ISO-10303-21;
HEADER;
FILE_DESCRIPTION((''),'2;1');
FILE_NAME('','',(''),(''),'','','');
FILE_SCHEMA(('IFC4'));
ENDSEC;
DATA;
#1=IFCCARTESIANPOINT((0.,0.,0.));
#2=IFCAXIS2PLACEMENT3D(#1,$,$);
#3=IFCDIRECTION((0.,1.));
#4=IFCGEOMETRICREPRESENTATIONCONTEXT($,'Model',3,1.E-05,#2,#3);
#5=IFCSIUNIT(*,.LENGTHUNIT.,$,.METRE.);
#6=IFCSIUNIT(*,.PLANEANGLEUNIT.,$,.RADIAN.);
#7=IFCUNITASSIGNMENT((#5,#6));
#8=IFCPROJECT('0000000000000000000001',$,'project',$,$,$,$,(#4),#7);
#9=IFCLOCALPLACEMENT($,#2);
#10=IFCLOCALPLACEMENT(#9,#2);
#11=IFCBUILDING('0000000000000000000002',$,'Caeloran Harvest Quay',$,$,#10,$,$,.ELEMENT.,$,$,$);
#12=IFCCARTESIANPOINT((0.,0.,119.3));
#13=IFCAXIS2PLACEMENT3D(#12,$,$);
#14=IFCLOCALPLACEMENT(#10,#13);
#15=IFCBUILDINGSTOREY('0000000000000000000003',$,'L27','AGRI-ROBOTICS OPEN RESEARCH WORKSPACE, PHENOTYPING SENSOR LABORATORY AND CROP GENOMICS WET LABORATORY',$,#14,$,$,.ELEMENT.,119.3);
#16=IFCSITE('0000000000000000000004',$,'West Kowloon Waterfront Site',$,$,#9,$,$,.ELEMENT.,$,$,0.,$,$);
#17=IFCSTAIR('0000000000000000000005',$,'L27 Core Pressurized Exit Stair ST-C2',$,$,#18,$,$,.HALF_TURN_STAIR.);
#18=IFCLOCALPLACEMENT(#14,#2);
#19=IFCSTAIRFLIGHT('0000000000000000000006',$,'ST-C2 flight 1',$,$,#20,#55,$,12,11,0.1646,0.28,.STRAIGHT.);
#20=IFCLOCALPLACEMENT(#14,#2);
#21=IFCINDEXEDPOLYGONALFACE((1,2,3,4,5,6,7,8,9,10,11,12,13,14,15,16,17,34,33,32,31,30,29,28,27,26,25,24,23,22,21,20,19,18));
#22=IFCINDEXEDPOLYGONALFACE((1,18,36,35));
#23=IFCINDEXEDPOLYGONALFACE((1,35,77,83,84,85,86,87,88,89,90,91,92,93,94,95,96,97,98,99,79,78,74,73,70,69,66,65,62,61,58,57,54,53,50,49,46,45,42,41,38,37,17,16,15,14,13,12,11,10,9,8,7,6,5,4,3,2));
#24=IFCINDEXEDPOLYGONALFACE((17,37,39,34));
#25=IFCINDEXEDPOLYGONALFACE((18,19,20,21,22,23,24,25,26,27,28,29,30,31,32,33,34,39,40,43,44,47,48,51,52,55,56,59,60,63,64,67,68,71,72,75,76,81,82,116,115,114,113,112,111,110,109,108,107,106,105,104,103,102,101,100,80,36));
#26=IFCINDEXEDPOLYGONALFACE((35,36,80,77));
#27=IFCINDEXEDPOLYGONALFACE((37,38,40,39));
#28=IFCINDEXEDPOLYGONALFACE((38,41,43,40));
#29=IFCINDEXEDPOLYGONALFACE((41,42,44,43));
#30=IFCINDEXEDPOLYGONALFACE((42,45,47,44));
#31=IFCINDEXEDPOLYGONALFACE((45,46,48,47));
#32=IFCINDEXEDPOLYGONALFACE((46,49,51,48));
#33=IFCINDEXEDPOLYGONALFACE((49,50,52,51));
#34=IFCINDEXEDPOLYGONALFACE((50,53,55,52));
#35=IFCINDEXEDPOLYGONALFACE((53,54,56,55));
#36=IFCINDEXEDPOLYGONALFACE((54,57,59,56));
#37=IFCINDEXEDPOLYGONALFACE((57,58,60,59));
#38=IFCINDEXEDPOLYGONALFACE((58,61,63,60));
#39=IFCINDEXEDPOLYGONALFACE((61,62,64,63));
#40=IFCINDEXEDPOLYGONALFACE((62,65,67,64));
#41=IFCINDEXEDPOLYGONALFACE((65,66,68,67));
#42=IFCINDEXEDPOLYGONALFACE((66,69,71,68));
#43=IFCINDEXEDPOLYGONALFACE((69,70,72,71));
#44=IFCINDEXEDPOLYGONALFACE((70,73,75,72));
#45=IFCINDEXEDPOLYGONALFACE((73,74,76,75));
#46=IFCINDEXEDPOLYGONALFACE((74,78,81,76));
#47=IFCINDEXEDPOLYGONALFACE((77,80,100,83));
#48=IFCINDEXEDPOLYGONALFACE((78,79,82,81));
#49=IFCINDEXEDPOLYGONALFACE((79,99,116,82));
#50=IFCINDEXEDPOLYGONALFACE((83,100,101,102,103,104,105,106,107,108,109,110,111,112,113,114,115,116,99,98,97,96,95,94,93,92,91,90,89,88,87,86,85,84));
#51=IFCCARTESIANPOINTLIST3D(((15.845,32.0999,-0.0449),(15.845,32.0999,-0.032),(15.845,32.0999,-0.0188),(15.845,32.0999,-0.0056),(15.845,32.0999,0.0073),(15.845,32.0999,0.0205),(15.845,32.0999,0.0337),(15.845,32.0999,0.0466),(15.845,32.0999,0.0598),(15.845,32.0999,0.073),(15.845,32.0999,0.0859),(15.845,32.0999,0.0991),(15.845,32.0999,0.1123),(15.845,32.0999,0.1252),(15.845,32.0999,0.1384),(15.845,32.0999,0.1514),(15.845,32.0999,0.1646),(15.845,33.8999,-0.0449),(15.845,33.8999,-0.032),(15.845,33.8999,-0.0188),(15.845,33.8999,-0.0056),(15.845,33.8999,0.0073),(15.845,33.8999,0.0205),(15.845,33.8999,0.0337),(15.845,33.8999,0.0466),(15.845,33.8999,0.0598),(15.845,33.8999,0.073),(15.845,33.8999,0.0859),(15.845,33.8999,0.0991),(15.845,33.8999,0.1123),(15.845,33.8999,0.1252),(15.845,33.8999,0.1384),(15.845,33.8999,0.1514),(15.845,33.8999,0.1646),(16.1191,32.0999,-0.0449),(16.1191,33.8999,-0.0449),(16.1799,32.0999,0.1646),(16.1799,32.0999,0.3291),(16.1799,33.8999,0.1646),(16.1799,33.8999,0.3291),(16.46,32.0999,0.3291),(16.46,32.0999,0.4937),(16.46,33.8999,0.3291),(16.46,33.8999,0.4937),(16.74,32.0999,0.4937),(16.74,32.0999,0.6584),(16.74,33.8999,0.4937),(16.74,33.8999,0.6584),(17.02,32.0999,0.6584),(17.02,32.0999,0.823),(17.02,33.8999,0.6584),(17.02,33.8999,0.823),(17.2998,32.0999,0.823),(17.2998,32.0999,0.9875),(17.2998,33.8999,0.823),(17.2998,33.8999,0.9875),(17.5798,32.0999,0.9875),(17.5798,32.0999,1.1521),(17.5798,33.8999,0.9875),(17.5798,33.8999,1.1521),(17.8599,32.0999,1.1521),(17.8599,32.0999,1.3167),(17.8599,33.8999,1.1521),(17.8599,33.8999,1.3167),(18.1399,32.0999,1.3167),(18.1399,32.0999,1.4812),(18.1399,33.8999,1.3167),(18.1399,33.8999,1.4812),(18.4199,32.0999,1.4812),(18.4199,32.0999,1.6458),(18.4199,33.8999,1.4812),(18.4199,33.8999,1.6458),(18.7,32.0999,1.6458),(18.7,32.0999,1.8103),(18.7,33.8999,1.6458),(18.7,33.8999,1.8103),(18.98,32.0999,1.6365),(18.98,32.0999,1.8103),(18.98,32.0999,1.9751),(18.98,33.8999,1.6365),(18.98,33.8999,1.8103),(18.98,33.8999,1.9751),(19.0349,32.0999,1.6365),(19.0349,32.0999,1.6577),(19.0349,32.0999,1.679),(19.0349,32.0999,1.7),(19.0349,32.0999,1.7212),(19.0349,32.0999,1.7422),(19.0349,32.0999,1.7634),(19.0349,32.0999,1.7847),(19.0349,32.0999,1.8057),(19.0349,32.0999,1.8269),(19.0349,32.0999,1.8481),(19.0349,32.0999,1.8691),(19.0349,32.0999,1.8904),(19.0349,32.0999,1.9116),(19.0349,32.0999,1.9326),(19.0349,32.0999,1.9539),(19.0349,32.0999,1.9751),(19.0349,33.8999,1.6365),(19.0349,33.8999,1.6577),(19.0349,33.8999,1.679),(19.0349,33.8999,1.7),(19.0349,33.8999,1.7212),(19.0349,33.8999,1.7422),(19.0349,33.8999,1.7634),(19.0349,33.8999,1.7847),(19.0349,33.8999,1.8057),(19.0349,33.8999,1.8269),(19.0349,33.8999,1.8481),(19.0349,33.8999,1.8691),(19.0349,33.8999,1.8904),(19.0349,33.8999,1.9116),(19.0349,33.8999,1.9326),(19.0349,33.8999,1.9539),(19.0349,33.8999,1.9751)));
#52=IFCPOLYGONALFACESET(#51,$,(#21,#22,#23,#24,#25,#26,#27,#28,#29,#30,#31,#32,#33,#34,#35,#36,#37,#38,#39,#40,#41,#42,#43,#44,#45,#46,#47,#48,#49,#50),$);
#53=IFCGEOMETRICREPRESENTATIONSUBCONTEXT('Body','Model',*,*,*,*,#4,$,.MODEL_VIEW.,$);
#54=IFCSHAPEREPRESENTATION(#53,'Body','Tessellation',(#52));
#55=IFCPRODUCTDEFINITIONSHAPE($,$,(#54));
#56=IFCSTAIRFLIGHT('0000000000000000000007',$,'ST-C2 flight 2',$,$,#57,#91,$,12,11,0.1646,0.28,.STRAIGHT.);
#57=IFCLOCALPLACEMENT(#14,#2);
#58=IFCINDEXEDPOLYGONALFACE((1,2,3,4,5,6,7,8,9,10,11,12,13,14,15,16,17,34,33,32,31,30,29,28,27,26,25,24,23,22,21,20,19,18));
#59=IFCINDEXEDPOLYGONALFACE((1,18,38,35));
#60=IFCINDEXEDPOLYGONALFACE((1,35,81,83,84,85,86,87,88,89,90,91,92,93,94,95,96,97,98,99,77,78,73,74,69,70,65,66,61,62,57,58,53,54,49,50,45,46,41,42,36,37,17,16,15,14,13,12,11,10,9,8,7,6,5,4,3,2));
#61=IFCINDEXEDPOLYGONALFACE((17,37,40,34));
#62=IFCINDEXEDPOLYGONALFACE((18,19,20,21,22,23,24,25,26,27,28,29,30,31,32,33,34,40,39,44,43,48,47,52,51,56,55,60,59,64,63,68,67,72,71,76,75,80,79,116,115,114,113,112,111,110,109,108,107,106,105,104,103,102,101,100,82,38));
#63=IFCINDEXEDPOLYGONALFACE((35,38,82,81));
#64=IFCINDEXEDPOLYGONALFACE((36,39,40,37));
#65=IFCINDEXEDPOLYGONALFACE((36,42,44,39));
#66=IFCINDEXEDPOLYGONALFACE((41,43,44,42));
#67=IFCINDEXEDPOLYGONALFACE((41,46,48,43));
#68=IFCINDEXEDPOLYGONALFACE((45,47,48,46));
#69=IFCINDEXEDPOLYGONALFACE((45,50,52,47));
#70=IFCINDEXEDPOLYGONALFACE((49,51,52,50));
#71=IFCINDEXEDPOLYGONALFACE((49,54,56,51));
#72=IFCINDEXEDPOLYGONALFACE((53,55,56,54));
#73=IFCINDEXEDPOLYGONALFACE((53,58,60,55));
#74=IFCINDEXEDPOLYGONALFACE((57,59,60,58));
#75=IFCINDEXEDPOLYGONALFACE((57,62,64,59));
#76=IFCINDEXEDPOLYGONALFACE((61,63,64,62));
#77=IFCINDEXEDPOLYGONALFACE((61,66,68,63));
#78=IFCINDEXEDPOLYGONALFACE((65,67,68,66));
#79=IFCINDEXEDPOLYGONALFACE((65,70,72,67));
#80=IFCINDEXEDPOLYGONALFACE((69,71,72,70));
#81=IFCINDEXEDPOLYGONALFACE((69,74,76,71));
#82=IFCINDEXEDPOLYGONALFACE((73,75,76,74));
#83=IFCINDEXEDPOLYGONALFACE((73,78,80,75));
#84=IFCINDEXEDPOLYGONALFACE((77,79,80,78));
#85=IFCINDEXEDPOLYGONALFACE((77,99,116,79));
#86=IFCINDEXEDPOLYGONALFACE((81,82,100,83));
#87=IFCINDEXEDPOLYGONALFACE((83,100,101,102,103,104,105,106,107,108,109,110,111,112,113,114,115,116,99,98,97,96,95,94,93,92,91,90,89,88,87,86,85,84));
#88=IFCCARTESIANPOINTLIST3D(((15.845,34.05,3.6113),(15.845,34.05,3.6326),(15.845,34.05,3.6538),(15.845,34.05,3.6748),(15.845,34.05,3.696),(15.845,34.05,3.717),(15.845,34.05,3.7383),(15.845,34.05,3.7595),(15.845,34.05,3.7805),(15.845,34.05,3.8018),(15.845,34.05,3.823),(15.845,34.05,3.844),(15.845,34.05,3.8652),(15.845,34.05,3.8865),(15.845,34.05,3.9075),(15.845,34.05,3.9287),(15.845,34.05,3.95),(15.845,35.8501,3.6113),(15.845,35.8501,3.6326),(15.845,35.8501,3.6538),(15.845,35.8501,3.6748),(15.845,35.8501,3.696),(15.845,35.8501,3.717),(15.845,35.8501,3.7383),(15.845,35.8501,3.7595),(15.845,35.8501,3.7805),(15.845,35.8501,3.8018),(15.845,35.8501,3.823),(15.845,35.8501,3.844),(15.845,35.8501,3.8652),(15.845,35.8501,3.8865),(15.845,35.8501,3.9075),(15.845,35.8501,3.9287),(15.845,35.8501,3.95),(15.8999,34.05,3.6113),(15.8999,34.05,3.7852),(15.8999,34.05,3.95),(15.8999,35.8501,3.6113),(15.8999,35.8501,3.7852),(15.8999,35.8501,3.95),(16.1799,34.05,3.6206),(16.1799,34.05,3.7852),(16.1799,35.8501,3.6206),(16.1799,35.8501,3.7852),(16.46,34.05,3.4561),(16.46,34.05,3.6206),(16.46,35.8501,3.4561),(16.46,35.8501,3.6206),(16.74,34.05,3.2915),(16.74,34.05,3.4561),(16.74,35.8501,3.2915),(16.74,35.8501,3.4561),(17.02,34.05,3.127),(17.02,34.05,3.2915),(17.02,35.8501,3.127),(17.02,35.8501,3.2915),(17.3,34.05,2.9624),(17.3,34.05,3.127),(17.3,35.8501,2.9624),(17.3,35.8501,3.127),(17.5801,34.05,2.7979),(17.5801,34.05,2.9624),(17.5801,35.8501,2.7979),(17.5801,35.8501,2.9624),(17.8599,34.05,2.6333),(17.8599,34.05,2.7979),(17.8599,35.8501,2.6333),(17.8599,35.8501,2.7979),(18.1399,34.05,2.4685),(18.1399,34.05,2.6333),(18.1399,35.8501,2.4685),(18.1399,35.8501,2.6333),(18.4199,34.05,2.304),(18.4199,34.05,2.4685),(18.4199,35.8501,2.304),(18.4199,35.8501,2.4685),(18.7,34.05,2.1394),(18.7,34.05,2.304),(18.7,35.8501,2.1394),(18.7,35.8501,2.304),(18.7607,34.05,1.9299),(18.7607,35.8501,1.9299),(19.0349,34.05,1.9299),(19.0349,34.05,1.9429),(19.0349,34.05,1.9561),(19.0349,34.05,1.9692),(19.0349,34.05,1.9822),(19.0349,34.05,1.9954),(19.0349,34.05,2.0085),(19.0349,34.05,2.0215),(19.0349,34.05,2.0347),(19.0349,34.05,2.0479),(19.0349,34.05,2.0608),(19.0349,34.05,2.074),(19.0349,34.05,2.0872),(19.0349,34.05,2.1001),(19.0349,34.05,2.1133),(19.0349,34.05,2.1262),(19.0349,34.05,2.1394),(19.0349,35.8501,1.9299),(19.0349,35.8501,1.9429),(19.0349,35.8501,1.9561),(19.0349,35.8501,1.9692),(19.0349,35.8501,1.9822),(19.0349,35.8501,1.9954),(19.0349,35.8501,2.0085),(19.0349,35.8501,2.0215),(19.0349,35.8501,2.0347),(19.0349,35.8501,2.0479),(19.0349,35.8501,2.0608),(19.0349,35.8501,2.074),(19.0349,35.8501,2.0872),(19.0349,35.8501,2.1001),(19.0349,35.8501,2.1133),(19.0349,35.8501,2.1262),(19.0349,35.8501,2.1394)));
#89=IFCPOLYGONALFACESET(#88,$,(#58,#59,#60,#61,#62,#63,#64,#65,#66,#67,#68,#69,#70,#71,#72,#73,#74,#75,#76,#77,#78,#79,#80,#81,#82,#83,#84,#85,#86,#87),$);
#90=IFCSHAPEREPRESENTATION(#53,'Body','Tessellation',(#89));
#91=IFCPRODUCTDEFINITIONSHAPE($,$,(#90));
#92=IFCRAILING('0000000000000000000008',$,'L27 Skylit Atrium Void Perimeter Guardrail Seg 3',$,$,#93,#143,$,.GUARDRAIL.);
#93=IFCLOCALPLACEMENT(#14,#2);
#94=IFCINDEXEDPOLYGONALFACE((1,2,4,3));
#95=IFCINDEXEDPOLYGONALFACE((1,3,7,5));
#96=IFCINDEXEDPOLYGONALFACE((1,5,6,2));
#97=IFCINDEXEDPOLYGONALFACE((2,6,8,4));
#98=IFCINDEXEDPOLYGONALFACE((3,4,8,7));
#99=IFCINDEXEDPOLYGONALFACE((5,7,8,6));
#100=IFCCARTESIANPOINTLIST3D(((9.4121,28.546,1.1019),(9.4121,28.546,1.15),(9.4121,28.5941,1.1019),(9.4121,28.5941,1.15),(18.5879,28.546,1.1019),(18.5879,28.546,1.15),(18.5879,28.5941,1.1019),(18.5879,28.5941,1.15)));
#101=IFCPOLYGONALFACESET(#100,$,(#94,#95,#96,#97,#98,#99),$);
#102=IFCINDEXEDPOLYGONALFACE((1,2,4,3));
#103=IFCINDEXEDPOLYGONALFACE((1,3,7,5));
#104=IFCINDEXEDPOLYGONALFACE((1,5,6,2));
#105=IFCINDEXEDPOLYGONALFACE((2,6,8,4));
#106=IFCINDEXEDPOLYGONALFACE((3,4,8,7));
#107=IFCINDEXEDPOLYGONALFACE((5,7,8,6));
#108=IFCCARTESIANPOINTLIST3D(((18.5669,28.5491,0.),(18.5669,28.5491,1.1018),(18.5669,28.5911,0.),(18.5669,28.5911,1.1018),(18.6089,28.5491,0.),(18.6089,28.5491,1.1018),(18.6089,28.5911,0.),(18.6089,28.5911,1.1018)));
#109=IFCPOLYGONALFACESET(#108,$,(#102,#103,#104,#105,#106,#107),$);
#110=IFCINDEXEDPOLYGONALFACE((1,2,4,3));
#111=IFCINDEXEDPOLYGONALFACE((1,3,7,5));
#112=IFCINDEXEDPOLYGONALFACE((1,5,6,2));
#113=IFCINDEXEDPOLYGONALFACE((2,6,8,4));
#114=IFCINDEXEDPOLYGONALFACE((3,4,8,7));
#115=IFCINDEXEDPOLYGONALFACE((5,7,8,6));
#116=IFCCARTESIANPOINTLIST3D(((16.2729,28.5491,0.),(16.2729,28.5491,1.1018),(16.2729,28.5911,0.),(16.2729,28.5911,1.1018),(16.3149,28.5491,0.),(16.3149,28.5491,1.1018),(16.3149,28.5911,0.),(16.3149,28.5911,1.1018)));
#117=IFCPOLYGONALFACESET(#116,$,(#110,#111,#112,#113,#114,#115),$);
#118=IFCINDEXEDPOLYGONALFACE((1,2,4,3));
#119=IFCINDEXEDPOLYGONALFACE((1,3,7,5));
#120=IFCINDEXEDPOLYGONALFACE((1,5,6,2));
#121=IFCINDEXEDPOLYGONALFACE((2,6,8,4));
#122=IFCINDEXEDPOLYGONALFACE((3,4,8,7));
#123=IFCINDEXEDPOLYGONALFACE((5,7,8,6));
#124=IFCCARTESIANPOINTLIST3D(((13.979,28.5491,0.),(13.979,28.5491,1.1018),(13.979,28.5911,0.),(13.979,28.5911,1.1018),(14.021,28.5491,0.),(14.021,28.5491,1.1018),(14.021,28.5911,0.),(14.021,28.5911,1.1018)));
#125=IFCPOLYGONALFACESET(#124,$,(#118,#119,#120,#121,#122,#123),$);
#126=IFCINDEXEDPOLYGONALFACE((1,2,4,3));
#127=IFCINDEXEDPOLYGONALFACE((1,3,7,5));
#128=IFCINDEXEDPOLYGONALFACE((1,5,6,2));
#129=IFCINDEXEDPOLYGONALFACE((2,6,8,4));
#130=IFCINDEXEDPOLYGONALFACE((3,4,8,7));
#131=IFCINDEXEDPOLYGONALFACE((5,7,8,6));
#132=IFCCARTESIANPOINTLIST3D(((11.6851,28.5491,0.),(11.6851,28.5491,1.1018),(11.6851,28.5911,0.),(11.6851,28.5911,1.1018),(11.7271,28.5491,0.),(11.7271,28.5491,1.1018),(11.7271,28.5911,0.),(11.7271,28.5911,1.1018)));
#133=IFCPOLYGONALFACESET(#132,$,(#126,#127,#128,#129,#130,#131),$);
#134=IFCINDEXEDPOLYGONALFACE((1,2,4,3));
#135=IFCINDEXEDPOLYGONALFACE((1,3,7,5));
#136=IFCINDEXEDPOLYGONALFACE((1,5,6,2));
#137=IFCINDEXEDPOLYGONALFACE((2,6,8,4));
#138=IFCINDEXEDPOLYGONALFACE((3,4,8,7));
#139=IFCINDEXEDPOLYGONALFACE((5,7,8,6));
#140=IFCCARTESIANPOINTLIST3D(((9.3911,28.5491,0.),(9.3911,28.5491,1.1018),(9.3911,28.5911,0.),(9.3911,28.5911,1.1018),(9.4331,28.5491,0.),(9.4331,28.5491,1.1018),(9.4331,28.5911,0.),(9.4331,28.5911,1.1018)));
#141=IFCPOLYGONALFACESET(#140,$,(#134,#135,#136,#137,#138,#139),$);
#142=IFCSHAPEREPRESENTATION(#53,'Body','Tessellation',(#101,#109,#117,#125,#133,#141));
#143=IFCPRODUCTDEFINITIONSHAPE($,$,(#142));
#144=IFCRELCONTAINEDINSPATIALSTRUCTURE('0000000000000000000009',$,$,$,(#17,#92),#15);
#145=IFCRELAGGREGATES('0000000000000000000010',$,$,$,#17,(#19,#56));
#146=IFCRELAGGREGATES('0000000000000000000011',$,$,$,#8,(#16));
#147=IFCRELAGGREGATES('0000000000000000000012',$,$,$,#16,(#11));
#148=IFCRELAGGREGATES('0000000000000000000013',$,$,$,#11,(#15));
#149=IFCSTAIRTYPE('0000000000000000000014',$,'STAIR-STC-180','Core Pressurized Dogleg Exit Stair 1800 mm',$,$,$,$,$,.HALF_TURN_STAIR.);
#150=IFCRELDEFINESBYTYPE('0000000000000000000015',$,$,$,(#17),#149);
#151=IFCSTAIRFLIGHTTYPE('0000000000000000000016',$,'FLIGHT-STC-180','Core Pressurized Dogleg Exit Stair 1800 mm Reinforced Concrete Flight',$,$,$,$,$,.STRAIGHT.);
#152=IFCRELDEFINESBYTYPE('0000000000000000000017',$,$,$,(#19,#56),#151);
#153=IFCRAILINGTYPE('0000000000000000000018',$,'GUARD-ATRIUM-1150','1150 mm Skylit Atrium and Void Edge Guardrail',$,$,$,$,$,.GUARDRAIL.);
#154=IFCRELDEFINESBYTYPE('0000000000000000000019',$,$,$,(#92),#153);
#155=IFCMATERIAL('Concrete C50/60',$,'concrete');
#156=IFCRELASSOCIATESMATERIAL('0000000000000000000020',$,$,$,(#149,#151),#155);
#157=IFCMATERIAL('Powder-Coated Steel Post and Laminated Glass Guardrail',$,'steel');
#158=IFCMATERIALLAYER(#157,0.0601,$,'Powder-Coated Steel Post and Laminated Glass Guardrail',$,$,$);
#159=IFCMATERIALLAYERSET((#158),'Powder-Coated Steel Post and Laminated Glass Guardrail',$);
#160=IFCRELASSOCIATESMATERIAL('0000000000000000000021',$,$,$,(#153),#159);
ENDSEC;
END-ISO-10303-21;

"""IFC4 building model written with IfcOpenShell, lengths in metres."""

from ifc_helpers import new_model, si_unit, direction, frame, origin, origin_2d, place, context, subcontext, project, spatial, polyline, rectangle, outline, extrude, material, layer, layer_set, type_object, element, aggregate, save


model = new_model("IFC4")

# Units and contexts
model_context = context("Model", 3, precision=1e-05, world=origin(), true_north=direction((0.0, 1.0)))
body_context = subcontext(model_context, "Body", "Model", "MODEL_VIEW")
ifc_project = project(units=[si_unit("LENGTHUNIT", "METRE"), si_unit("PLANEANGLEUNIT", "RADIAN")], contexts=[model_context])

# Site, building, storey
site_placement = place(None, origin())
site = spatial("IfcSite", under=ifc_project, at=site_placement, Name="West Kowloon Waterfront Site", CompositionType="ELEMENT", RefElevation=0.0)
building_placement = place(site_placement, origin())
building = spatial("IfcBuilding", under=site, at=building_placement, Name="Caeloran Harvest Quay", CompositionType="ELEMENT")
storey_placement = place(building_placement, frame((0.0, 0.0, 119.3)))
storey = spatial("IfcBuildingStorey", under=building, at=storey_placement, Name="L27", Description="AGRI-ROBOTICS OPEN RESEARCH WORKSPACE, PHENOTYPING SENSOR LABORATORY AND CROP GENOMICS WET LABORATORY", CompositionType="ELEMENT", Elevation=119.3)

# Shared definitions
ifc_material_1 = material(Name="Concrete C50/60", Category="concrete")

# Stair, stair flights
stair_type = type_object("IfcStairType", Name="STAIR-STC-180", Description="Core Pressurized Dogleg Exit Stair 1800 mm", PredefinedType="HALF_TURN_STAIR", material=ifc_material_1)
stair_placement = place(storey_placement, origin())
stair = element("IfcStair", 1, at=stair_placement, inside=storey, type_object=stair_type, Name="L27 Core Pressurized Exit Stair ST-C2", PredefinedType="HALF_TURN_STAIR")
stair_flight_type = type_object("IfcStairFlightType", Name="FLIGHT-STC-180", Description="Core Pressurized Dogleg Exit Stair 1800 mm Reinforced Concrete Flight", PredefinedType="STRAIGHT", material=ifc_material_1)
stair_flight_1_placement = place(storey_placement, frame((15.8999, 33.0, 0.0), z_axis=(0.0, 0.0, 1.0), x_axis=(1.0, 0.0, 0.0)))
stair_flight_1 = element("IfcStairFlight", 2, at=stair_flight_1_placement, type_object=stair_flight_type, Name="ST-C2 flight 1", NumberOfRisers=12, NumberOfTreads=11, PredefinedType="STRAIGHT", RiserHeight=0.1646, TreadLength=0.28, context=body_context, shape_type="SweptSolid", body=[
    extrude(outline(polyline([(-0.0549, -0.0449), (-0.0549, -0.032), (-0.0549, -0.0188), (-0.0549, -0.0056), (-0.0549, 0.0073), (-0.0549, 0.0205), (-0.0549, 0.0337), (-0.0549, 0.0466), (-0.0549, 0.0598), (-0.0549, 0.073), (-0.0549, 0.0859), (-0.0549, 0.0991), (-0.0549, 0.1123), (-0.0549, 0.1252), (-0.0549, 0.1384), (-0.0549, 0.1514), (-0.0549, 0.1646), (0.28, 0.1646), (0.28, 0.3291), (0.5601, 0.3291), (0.5601, 0.4937), (0.8401, 0.4937), (0.8401, 0.6584), (1.1201, 0.6584), (1.1201, 0.823), (1.3999, 0.823), (1.3999, 0.9875), (1.6799, 0.9875), (1.6799, 1.1521), (1.96, 1.1521), (1.96, 1.3167), (2.24, 1.3167), (2.24, 1.4812), (2.52, 1.4812), (2.52, 1.6458), (2.8, 1.6458), (2.8, 1.8103), (3.0801, 1.8103), (3.0801, 1.9751), (3.135, 1.9751), (3.135, 1.9539), (3.135, 1.9326), (3.135, 1.9116), (3.135, 1.8904), (3.135, 1.8691), (3.135, 1.8481), (3.135, 1.8269), (3.135, 1.8057), (3.135, 1.7847), (3.135, 1.7634), (3.135, 1.7422), (3.135, 1.7212), (3.135, 1.7), (3.135, 1.679), (3.135, 1.6577), (3.135, 1.6365), (3.0801, 1.6365), (0.2192, -0.0449), (-0.0549, -0.0449)])), frame((0.0, 0.8999, 0.0), z_axis=(0.0, -1.0, 0.0), x_axis=(1.0, 0.0, 0.0)), (0.0, 0.0, 1.0), 1.8),
])
stair_flight_2_placement = place(storey_placement, frame((18.98, 34.95, 1.9749), z_axis=(0.0, 0.0, 1.0), x_axis=(-1.0, 0.0, 0.0)))
stair_flight_2 = element("IfcStairFlight", 3, at=stair_flight_2_placement, type_object=stair_flight_type, Name="ST-C2 flight 2", NumberOfRisers=12, NumberOfTreads=11, PredefinedType="STRAIGHT", RiserHeight=0.1646, TreadLength=0.28, context=body_context, shape_type="SweptSolid", body=[
    extrude(outline(polyline([(-0.0549, -0.0449), (-0.0549, -0.032), (-0.0549, -0.0188), (-0.0549, -0.0056), (-0.0549, 0.0073), (-0.0549, 0.0205), (-0.0549, 0.0337), (-0.0549, 0.0466), (-0.0549, 0.0598), (-0.0549, 0.073), (-0.0549, 0.0859), (-0.0549, 0.0991), (-0.0549, 0.1123), (-0.0549, 0.1252), (-0.0549, 0.1384), (-0.0549, 0.1514), (-0.0549, 0.1646), (0.28, 0.1646), (0.28, 0.3291), (0.5601, 0.3291), (0.5601, 0.4937), (0.8401, 0.4937), (0.8401, 0.6584), (1.1201, 0.6584), (1.1201, 0.823), (1.3999, 0.823), (1.3999, 0.9875), (1.6799, 0.9875), (1.6799, 1.1521), (1.96, 1.1521), (1.96, 1.3167), (2.24, 1.3167), (2.24, 1.4812), (2.52, 1.4812), (2.52, 1.6458), (2.8, 1.6458), (2.8, 1.8103), (3.0801, 1.8103), (3.0801, 1.9751), (3.135, 1.9751), (3.135, 1.9539), (3.135, 1.9326), (3.135, 1.9116), (3.135, 1.8904), (3.135, 1.8691), (3.135, 1.8481), (3.135, 1.8269), (3.135, 1.8057), (3.135, 1.7847), (3.135, 1.7634), (3.135, 1.7422), (3.135, 1.7212), (3.135, 1.7), (3.135, 1.679), (3.135, 1.6577), (3.135, 1.6365), (3.0801, 1.6365), (0.2192, -0.0449), (-0.0549, -0.0449)])), frame((0.0, 0.8999, 0.0), z_axis=(0.0, -1.0, 0.0), x_axis=(1.0, 0.0, 0.0)), (0.0, 0.0, 1.0), 1.8),
])
aggregate(stair, [stair_flight_1, stair_flight_2])

# Railing
ifc_material_2 = material(Name="Powder-Coated Steel Post and Laminated Glass Guardrail", Category="steel")
ifc_layer_1 = layer(ifc_material_2, 0.0601, Name="Powder-Coated Steel Post and Laminated Glass Guardrail")
ifc_layer_set_1 = layer_set([ifc_layer_1], Name="Powder-Coated Steel Post and Laminated Glass Guardrail")
railing_type_1 = type_object("IfcRailingType", Name="GUARD-ATRIUM-1150", Description="1150 mm Skylit Atrium and Void Edge Guardrail", PredefinedType="GUARDRAIL", material=ifc_layer_set_1)
railing_1_placement = place(storey_placement, frame((18.5879, 28.5701, 0.0)))
element("IfcRailing", 4, at=railing_1_placement, inside=storey, type_object=railing_type_1, Name="L27 Skylit Atrium Void Perimeter Guardrail Seg 3", PredefinedType="GUARDRAIL", context=body_context, shape_type="SweptSolid", body=[
    extrude(rectangle(XDim=0.0481, YDim=0.0481, at=origin_2d()), frame((0.0, 0.0, 1.126), z_axis=(-1.0, 0.0, 0.0), x_axis=(0.0, -1.0, 0.0)), (0.0, 0.0, 1.0), 9.1758),
    extrude(rectangle(XDim=0.042, YDim=0.042, at=origin_2d()), origin(), (0.0, 0.0, 1.0), 1.1018),
    extrude(rectangle(XDim=0.042, YDim=0.042, at=origin_2d()), frame((-2.2939, 0.0, 0.0)), (0.0, 0.0, 1.0), 1.1018),
    extrude(rectangle(XDim=0.042, YDim=0.042, at=origin_2d()), frame((-4.5879, 0.0, 0.0)), (0.0, 0.0, 1.0), 1.1018),
    extrude(rectangle(XDim=0.042, YDim=0.042, at=origin_2d()), frame((-6.8818, 0.0, 0.0)), (0.0, 0.0, 1.0), 1.1018),
    extrude(rectangle(XDim=0.042, YDim=0.042, at=origin_2d()), frame((-9.1758, 0.0, 0.0)), (0.0, 0.0, 1.0), 1.1018),
])

save(model, "model.ifc")
